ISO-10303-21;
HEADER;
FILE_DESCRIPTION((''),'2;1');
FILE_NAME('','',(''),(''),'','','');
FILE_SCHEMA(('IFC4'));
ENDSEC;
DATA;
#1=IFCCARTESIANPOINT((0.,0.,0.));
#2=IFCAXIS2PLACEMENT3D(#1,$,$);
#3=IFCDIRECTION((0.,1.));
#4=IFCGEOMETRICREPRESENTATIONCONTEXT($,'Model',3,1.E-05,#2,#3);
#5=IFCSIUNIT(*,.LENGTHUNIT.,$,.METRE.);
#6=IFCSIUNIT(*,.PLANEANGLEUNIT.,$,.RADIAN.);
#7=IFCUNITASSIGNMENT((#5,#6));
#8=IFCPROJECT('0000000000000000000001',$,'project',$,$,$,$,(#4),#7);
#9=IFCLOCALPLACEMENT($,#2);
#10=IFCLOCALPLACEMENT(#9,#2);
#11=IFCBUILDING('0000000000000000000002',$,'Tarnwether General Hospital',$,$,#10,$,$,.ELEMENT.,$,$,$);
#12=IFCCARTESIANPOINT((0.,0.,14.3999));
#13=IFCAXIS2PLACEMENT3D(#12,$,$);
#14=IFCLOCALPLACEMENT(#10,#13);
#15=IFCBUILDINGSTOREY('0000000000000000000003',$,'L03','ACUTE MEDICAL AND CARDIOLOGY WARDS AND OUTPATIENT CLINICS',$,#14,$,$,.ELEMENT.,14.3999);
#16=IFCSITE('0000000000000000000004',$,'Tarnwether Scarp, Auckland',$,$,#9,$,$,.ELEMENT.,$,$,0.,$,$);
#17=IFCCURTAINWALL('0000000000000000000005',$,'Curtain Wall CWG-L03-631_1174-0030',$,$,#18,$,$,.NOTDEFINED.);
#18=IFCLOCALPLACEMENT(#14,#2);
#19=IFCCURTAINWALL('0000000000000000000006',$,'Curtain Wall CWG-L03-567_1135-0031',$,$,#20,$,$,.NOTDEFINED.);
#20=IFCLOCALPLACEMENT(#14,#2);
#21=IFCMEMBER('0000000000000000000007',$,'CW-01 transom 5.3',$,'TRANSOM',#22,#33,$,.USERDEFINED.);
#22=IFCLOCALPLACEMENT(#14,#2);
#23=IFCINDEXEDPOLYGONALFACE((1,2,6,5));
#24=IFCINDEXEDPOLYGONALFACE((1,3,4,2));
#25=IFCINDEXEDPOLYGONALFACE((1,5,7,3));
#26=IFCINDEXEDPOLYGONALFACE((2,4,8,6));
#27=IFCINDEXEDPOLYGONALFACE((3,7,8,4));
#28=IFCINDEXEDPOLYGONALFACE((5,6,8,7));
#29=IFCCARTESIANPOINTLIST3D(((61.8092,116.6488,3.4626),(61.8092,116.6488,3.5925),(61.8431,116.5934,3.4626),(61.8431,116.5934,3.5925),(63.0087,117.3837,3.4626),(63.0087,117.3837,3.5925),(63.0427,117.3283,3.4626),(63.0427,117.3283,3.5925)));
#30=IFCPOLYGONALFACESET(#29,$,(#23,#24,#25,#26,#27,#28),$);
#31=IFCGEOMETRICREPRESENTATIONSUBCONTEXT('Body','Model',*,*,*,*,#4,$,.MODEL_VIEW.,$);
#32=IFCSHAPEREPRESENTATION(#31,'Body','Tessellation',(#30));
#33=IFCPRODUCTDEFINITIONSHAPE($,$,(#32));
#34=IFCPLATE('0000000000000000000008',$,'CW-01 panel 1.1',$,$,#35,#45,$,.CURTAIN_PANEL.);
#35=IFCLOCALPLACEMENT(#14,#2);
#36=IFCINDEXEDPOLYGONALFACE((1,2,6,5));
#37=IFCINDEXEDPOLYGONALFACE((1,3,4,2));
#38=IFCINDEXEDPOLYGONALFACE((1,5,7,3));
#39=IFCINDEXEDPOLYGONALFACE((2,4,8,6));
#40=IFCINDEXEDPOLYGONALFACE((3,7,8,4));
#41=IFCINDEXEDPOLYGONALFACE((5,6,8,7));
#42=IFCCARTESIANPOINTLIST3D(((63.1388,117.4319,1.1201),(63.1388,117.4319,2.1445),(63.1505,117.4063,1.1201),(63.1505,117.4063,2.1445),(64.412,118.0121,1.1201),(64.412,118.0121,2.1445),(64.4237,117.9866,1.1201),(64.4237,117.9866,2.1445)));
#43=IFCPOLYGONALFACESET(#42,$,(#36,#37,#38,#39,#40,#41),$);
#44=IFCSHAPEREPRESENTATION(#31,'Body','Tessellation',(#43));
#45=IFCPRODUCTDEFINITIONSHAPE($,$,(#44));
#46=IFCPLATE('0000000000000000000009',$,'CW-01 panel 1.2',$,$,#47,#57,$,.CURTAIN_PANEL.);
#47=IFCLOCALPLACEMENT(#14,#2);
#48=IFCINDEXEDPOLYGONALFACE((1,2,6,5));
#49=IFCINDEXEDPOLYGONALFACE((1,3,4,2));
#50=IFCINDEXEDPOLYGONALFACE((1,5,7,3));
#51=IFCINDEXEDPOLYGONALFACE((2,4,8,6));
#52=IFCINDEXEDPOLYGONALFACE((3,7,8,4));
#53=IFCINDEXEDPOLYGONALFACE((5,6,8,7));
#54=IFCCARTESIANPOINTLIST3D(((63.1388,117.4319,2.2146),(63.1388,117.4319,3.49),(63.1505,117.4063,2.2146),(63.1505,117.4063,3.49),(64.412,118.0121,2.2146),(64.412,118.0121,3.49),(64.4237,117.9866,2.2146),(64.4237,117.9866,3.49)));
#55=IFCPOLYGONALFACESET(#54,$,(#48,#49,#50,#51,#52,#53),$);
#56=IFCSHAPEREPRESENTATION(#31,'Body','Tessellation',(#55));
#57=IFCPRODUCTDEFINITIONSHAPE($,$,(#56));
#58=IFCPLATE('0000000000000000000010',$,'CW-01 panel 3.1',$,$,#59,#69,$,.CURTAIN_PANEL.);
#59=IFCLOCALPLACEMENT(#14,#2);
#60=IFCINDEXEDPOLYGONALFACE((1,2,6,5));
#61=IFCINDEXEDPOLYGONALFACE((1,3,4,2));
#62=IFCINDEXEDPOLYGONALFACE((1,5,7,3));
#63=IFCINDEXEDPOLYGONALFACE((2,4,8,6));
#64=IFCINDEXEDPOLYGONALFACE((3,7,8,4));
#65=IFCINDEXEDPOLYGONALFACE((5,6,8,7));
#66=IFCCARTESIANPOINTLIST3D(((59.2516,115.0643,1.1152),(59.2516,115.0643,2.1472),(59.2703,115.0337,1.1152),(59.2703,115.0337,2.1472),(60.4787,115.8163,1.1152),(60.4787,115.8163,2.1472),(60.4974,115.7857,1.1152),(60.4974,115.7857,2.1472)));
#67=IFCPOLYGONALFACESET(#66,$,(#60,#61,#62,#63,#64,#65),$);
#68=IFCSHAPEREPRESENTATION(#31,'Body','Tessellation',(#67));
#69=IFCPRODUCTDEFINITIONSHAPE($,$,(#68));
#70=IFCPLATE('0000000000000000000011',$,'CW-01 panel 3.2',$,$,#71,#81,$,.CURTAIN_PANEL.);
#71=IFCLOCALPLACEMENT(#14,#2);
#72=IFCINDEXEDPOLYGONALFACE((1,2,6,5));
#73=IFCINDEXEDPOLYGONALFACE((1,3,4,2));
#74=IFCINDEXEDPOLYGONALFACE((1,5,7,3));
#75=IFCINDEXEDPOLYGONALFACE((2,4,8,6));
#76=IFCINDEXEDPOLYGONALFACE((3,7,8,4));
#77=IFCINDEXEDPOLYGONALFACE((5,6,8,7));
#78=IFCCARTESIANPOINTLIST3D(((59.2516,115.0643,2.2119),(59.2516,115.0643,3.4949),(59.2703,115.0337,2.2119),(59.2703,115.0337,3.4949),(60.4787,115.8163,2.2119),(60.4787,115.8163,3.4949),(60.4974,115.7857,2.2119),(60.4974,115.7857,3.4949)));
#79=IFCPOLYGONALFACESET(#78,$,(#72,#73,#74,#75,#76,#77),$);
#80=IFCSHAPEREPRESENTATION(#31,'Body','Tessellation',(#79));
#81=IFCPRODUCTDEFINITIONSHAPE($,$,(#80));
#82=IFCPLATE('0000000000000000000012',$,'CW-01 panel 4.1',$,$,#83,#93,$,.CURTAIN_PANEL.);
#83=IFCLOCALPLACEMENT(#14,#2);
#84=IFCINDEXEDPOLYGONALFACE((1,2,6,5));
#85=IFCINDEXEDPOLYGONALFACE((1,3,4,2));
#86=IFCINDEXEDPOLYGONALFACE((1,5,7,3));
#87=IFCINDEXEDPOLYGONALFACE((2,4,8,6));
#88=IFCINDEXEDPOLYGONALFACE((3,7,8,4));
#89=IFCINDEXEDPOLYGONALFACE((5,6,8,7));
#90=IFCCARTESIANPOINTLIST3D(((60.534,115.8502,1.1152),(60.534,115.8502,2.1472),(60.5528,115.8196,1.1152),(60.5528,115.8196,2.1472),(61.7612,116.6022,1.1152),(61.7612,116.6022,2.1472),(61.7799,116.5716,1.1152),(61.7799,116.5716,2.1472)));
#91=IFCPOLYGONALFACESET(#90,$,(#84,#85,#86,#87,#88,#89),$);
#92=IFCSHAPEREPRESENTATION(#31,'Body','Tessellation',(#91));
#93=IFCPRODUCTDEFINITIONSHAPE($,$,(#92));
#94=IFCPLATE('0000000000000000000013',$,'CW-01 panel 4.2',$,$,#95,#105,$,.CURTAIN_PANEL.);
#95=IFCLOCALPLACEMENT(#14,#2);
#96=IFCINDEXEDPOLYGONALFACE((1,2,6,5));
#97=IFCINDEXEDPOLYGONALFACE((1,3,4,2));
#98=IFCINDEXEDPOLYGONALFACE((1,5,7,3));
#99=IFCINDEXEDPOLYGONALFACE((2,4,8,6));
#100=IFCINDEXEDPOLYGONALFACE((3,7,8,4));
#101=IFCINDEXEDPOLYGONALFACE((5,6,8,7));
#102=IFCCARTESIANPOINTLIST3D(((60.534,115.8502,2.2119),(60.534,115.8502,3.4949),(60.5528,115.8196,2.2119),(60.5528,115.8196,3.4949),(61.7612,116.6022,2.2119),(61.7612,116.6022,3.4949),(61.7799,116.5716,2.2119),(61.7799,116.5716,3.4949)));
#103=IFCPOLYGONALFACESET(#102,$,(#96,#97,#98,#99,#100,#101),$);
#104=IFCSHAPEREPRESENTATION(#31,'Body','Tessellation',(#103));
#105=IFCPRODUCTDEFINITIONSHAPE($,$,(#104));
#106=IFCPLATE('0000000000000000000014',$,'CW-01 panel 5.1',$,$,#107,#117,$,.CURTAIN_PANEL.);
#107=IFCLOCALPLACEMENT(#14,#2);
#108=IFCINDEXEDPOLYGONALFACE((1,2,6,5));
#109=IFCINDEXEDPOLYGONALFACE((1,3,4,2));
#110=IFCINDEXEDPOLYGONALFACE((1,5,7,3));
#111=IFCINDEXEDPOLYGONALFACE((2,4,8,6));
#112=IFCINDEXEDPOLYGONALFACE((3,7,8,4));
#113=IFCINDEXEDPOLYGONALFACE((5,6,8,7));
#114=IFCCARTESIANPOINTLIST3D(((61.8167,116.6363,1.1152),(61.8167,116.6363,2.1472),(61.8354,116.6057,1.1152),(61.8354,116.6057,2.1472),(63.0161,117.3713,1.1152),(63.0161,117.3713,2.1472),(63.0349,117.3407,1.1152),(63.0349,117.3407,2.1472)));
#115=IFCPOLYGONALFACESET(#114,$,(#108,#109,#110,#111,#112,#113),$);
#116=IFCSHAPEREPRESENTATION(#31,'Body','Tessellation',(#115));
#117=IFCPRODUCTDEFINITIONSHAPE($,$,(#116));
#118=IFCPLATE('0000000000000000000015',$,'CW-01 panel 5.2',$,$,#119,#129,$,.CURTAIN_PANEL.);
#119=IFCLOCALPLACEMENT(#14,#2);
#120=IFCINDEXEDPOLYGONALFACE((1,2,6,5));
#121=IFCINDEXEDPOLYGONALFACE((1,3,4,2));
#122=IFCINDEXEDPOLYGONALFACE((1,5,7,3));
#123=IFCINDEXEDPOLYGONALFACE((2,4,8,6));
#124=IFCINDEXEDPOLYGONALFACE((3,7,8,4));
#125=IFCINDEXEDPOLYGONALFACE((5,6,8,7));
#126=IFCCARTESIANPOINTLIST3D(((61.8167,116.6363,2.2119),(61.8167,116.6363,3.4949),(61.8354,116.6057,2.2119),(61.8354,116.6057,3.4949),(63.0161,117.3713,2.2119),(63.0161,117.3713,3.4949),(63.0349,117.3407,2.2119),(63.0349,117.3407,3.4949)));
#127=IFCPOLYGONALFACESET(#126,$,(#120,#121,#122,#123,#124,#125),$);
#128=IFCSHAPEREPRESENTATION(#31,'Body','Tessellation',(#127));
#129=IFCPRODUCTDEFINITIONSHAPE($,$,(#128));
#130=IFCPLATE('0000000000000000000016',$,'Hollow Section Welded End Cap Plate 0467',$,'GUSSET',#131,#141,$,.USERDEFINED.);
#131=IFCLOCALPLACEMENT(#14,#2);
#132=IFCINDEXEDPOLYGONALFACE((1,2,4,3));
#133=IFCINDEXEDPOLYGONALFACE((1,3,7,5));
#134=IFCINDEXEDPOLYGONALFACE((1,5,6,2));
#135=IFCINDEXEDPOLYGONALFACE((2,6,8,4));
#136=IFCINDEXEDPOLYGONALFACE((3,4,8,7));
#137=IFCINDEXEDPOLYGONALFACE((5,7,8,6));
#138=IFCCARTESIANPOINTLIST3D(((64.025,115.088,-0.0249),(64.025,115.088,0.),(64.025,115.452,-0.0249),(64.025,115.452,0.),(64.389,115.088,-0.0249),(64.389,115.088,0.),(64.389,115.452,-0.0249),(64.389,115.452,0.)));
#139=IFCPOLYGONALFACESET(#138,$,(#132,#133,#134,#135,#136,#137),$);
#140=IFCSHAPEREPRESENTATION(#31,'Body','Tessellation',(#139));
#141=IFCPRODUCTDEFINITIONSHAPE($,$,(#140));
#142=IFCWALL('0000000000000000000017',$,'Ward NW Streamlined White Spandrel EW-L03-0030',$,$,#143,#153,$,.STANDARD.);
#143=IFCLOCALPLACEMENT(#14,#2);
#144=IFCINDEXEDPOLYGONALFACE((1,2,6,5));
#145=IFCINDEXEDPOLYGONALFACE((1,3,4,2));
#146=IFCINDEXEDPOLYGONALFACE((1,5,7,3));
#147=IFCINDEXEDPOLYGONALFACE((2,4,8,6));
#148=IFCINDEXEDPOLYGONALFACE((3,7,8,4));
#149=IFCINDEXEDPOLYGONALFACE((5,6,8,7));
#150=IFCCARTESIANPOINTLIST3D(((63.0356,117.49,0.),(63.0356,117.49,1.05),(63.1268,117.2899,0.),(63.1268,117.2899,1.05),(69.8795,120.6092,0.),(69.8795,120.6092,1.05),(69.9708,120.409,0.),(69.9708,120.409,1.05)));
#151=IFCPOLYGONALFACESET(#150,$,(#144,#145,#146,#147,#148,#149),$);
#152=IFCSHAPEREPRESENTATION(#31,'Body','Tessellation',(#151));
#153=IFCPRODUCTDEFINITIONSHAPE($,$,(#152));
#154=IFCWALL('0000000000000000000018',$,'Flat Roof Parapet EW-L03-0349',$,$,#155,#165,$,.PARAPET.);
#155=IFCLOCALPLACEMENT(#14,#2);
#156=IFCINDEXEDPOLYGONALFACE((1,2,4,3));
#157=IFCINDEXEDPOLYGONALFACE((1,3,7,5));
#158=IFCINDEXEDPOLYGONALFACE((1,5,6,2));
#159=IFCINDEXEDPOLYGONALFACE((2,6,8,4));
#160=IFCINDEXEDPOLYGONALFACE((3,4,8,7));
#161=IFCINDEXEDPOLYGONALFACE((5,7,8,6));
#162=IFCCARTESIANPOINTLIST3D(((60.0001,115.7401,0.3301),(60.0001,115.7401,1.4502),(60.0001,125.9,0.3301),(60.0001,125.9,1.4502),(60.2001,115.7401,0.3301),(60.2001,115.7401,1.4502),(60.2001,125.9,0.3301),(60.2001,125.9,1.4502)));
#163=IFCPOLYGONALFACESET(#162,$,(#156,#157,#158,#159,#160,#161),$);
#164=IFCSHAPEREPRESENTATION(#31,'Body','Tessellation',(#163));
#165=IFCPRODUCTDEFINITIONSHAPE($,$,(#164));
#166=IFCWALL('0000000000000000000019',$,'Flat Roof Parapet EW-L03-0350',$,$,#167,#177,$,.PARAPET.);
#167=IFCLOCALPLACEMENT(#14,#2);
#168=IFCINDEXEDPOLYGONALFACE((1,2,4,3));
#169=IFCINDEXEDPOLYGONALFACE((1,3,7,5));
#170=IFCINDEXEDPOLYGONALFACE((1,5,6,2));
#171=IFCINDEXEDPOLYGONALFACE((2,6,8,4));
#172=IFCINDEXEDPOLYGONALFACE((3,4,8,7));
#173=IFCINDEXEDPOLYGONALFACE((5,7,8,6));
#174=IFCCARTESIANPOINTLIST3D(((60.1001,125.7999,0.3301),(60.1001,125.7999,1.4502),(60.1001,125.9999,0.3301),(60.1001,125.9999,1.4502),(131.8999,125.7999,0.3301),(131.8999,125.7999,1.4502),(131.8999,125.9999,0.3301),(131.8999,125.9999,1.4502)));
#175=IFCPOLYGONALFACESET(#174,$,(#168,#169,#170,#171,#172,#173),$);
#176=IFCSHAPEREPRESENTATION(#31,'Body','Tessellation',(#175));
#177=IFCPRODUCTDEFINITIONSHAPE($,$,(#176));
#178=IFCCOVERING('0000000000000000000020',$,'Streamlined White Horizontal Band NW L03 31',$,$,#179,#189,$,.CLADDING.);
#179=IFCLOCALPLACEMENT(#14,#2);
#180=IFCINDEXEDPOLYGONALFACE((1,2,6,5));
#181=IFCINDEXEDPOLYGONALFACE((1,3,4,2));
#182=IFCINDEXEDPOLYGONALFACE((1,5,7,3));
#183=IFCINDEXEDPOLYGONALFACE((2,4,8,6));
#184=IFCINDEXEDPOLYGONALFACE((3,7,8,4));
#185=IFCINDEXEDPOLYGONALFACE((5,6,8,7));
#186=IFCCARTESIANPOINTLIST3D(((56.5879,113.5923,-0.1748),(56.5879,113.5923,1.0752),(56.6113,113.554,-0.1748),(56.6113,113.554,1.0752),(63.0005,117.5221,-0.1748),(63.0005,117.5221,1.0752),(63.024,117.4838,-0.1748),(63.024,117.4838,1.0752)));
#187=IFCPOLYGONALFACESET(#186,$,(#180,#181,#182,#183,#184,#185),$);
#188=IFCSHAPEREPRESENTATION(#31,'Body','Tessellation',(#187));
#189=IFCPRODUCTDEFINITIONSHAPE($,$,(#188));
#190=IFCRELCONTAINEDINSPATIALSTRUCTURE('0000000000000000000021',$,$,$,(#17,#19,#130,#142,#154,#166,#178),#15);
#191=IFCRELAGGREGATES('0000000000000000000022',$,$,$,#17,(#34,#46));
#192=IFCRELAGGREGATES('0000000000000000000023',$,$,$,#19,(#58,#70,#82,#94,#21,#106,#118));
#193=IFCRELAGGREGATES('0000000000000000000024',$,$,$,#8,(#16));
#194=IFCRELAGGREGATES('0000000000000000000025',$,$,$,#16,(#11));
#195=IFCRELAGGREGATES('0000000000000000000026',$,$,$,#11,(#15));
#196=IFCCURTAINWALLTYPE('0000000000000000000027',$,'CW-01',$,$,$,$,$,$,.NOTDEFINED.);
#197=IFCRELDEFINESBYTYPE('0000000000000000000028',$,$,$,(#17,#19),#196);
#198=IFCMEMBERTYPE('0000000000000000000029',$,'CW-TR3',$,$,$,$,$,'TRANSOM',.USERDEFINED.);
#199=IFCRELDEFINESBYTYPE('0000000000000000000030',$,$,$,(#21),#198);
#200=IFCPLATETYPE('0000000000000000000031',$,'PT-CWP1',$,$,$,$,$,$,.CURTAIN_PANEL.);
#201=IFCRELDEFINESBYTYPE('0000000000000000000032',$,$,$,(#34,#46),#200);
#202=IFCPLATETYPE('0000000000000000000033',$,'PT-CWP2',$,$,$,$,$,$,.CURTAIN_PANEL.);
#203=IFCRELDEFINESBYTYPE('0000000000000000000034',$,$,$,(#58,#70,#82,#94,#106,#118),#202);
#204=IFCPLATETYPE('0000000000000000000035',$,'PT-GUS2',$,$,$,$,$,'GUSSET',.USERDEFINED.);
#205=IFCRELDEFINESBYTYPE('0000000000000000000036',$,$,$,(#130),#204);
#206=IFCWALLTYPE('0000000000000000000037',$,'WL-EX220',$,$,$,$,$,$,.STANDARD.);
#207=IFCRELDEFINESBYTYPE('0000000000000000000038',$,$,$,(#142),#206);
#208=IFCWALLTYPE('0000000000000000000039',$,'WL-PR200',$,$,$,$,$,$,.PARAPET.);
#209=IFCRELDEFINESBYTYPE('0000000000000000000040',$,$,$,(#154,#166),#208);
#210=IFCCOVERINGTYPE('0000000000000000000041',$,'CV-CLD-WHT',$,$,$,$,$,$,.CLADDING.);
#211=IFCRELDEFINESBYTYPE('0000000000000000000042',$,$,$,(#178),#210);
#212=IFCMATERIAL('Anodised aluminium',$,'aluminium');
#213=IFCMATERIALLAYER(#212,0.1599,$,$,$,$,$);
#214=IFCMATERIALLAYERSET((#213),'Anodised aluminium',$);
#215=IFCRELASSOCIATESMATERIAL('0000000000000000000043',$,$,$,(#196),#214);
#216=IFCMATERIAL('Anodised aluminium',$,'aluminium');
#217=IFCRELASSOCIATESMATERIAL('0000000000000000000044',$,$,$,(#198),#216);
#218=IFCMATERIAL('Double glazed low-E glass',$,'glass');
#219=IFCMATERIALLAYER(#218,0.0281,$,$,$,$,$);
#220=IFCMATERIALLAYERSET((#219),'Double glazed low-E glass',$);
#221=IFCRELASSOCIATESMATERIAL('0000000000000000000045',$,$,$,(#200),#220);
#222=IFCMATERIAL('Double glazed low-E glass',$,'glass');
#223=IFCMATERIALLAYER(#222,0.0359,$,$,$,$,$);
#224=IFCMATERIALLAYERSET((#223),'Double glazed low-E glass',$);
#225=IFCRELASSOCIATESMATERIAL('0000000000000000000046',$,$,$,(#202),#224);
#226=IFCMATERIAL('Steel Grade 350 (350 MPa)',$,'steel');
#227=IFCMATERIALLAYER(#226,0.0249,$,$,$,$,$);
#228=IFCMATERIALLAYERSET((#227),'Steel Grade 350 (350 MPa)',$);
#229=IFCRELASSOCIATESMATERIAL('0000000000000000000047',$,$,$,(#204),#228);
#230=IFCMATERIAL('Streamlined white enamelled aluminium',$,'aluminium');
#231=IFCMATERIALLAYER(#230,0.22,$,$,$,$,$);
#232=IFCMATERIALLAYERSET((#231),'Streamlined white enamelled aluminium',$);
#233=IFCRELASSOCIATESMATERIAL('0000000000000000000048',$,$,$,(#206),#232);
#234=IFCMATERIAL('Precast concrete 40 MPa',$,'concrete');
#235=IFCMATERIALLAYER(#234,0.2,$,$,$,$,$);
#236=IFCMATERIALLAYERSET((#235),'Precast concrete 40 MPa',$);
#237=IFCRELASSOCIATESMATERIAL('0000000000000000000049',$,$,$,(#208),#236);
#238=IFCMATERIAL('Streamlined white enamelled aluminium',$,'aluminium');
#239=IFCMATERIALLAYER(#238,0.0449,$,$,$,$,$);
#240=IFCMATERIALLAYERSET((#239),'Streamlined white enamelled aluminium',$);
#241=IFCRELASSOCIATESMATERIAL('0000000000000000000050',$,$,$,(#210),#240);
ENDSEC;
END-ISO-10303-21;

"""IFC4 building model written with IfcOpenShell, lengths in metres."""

from ifc_helpers import new_model, si_unit, direction, frame, frame_2d, origin, origin_2d, place, context, subcontext, project, spatial, rectangle, extrude, material, layer, layer_set, material_profile, profile_set, type_object, element, aggregate, save


model = new_model("IFC4")

# Units and contexts
model_context = context("Model", 3, precision=1e-05, world=origin(), true_north=direction((0.0, 1.0)))
body_context = subcontext(model_context, "Body", "Model", "MODEL_VIEW")
ifc_project = project(units=[si_unit("LENGTHUNIT", "METRE"), si_unit("PLANEANGLEUNIT", "RADIAN")], contexts=[model_context])

# Site, building, storey
site_placement = place(None, origin())
site = spatial("IfcSite", under=ifc_project, at=site_placement, Name="Tarnwether Scarp, Auckland", CompositionType="ELEMENT", RefElevation=0.0)
building_placement = place(site_placement, origin())
building = spatial("IfcBuilding", under=site, at=building_placement, Name="Tarnwether General Hospital", CompositionType="ELEMENT")
storey_placement = place(building_placement, frame((0.0, 0.0, 14.3999)))
storey = spatial("IfcBuildingStorey", under=building, at=storey_placement, Name="L03", Description="ACUTE MEDICAL AND CARDIOLOGY WARDS AND OUTPATIENT CLINICS", CompositionType="ELEMENT", Elevation=14.3999)

# Curtain wall
ifc_material_1 = material(Name="Anodised aluminium", Category="aluminium")
ifc_layer_1 = layer(ifc_material_1, 0.1599)
ifc_layer_set_1 = layer_set([ifc_layer_1], Name="Anodised aluminium")
curtain_wall_type = type_object("IfcCurtainWallType", Name="CW-01", PredefinedType="NOTDEFINED", material=ifc_layer_set_1)
curtain_wall_1_placement = place(storey_placement, origin())
curtain_wall_1 = element("IfcCurtainWall", 1, at=curtain_wall_1_placement, inside=storey, type_object=curtain_wall_type, Name="Curtain Wall CWG-L03-631_1174-0030", PredefinedType="NOTDEFINED")

# Curtain wall
curtain_wall_2_placement = place(storey_placement, origin())
curtain_wall_2 = element("IfcCurtainWall", 2, at=curtain_wall_2_placement, inside=storey, type_object=curtain_wall_type, Name="Curtain Wall CWG-L03-567_1135-0031", PredefinedType="NOTDEFINED")

# Member
ifc_material_2 = material(Name="Anodised aluminium", Category="aluminium")
ifc_material_profile_1 = material_profile(ifc_material_2, rectangle(XDim=0.0649, YDim=0.1299, at=origin_2d()), Name="ALU-TRN-65x130")
ifc_profile_set_1 = profile_set([ifc_material_profile_1], Name="Anodised aluminium")
member_type_1 = type_object("IfcMemberType", Name="CW-TR3", ElementType="TRANSOM", PredefinedType="USERDEFINED", material=ifc_profile_set_1)
member_1_placement = place(storey_placement, frame((61.8262, 116.6211, 3.5276), z_axis=(0.852694, 0.522411, 0.0), x_axis=(-0.522411, 0.852694, 0.0)))
member_1 = element("IfcMember", 3, at=member_1_placement, type_object=member_type_1, Name="CW-01 transom 5.3", ObjectType="TRANSOM", PredefinedType="USERDEFINED", context=body_context, shape_type="SweptSolid", body=[
    extrude(rectangle(XDim=0.0649, YDim=0.1299, at=origin_2d()), origin(), (0.0, 0.0, 1.0), 1.4067),
])

# Plates
ifc_material_3 = material(Name="Double glazed low-E glass", Category="glass")
ifc_layer_2 = layer(ifc_material_3, 0.0281)
ifc_layer_set_2 = layer_set([ifc_layer_2], Name="Double glazed low-E glass")
plate_type_1 = type_object("IfcPlateType", Name="PT-CWP1", PredefinedType="CURTAIN_PANEL", material=ifc_layer_set_2)
plate_1_placement = place(storey_placement, frame((63.7812, 117.7092, 1.1201), z_axis=(0.0, 0.0, 1.0), x_axis=(0.909961, 0.414694, 0.0)))
plate_1 = element("IfcPlate", 4, at=plate_1_placement, type_object=plate_type_1, Name="CW-01 panel 1.1", PredefinedType="CURTAIN_PANEL", context=body_context, shape_type="SweptSolid", body=[
    extrude(rectangle(XDim=1.3992, YDim=0.0281, at=origin_2d()), origin(), (0.0, 0.0, 1.0), 1.0244),
])
plate_2_placement = place(storey_placement, frame((63.7812, 117.7092, 2.2146), z_axis=(0.0, 0.0, 1.0), x_axis=(0.909961, 0.414694, 0.0)))
plate_2 = element("IfcPlate", 5, at=plate_2_placement, type_object=plate_type_1, Name="CW-01 panel 1.2", PredefinedType="CURTAIN_PANEL", context=body_context, shape_type="SweptSolid", body=[
    extrude(rectangle(XDim=1.3992, YDim=0.0281, at=origin_2d()), origin(), (0.0, 0.0, 1.0), 1.2754),
])
aggregate(curtain_wall_1, [plate_1, plate_2])
ifc_material_4 = material(Name="Double glazed low-E glass", Category="glass")
ifc_layer_3 = layer(ifc_material_4, 0.0359)
ifc_layer_set_3 = layer_set([ifc_layer_3], Name="Double glazed low-E glass")
plate_type_2 = type_object("IfcPlateType", Name="PT-CWP2", PredefinedType="CURTAIN_PANEL", material=ifc_layer_set_3)
plate_3_placement = place(storey_placement, frame((59.8745, 115.425, 1.1152), z_axis=(0.0, 0.0, 1.0), x_axis=(0.852634, 0.522509, 0.0)))
plate_3 = element("IfcPlate", 6, at=plate_3_placement, type_object=plate_type_2, Name="CW-01 panel 3.1", PredefinedType="CURTAIN_PANEL", context=body_context, shape_type="SweptSolid", body=[
    extrude(rectangle(XDim=1.4392, YDim=0.0359, at=origin_2d()), origin(), (0.0, 0.0, 1.0), 1.032),
])
plate_4_placement = place(storey_placement, frame((59.8745, 115.425, 2.2119), z_axis=(0.0, 0.0, 1.0), x_axis=(0.852634, 0.522509, 0.0)))
plate_4 = element("IfcPlate", 7, at=plate_4_placement, type_object=plate_type_2, Name="CW-01 panel 3.2", PredefinedType="CURTAIN_PANEL", context=body_context, shape_type="SweptSolid", body=[
    extrude(rectangle(XDim=1.4392, YDim=0.0359, at=origin_2d()), origin(), (0.0, 0.0, 1.0), 1.283),
])
plate_5_placement = place(storey_placement, frame((61.157, 116.2109, 1.1152), z_axis=(0.0, 0.0, 1.0), x_axis=(0.852634, 0.522509, 0.0)))
plate_5 = element("IfcPlate", 8, at=plate_5_placement, type_object=plate_type_2, Name="CW-01 panel 4.1", PredefinedType="CURTAIN_PANEL", context=body_context, shape_type="SweptSolid", body=[
    extrude(rectangle(XDim=1.4392, YDim=0.0359, at=origin_2d()), origin(), (0.0, 0.0, 1.0), 1.032),
])
plate_6_placement = place(storey_placement, frame((61.157, 116.2109, 2.2119), z_axis=(0.0, 0.0, 1.0), x_axis=(0.852634, 0.522509, 0.0)))
plate_6 = element("IfcPlate", 9, at=plate_6_placement, type_object=plate_type_2, Name="CW-01 panel 4.2", PredefinedType="CURTAIN_PANEL", context=body_context, shape_type="SweptSolid", body=[
    extrude(rectangle(XDim=1.4392, YDim=0.0359, at=origin_2d()), origin(), (0.0, 0.0, 1.0), 1.283),
])
plate_7_placement = place(storey_placement, frame((62.4258, 116.9885, 1.1152), z_axis=(0.0, 0.0, 1.0), x_axis=(0.852634, 0.522509, 0.0)))
plate_7 = element("IfcPlate", 10, at=plate_7_placement, type_object=plate_type_2, Name="CW-01 panel 5.1", PredefinedType="CURTAIN_PANEL", context=body_context, shape_type="SweptSolid", body=[
    extrude(rectangle(XDim=1.4067, YDim=0.0359, at=origin_2d()), origin(), (0.0, 0.0, 1.0), 1.032),
])
plate_8_placement = place(storey_placement, frame((62.4258, 116.9885, 2.2119), z_axis=(0.0, 0.0, 1.0), x_axis=(0.852634, 0.522509, 0.0)))
plate_8 = element("IfcPlate", 11, at=plate_8_placement, type_object=plate_type_2, Name="CW-01 panel 5.2", PredefinedType="CURTAIN_PANEL", context=body_context, shape_type="SweptSolid", body=[
    extrude(rectangle(XDim=1.4067, YDim=0.0359, at=origin_2d()), origin(), (0.0, 0.0, 1.0), 1.283),
])
aggregate(curtain_wall_2, [plate_3, plate_4, plate_5, plate_6, member_1, plate_7, plate_8])
ifc_material_5 = material(Name="Steel Grade 350 (350 MPa)", Category="steel")
ifc_layer_4 = layer(ifc_material_5, 0.0249)
ifc_layer_set_4 = layer_set([ifc_layer_4], Name="Steel Grade 350 (350 MPa)")
plate_type_3 = type_object("IfcPlateType", Name="PT-GUS2", ElementType="GUSSET", PredefinedType="USERDEFINED", material=ifc_layer_set_4)
plate_9_placement = place(storey_placement, frame((64.207, 115.27, -0.0249), z_axis=(0.0, 0.0, 1.0), x_axis=(1.0, 0.0, 0.0)))
element("IfcPlate", 12, at=plate_9_placement, inside=storey, type_object=plate_type_3, Name="Hollow Section Welded End Cap Plate 0467", ObjectType="GUSSET", PredefinedType="USERDEFINED", context=body_context, shape_type="SweptSolid", body=[
    extrude(rectangle(XDim=0.364, YDim=0.364, at=origin_2d()), origin(), (0.0, 0.0, 1.0), 0.0249),
])

# Walls
ifc_material_6 = material(Name="Streamlined white enamelled aluminium", Category="aluminium")
ifc_layer_5 = layer(ifc_material_6, 0.22)
ifc_layer_set_5 = layer_set([ifc_layer_5], Name="Streamlined white enamelled aluminium")
wall_type_1 = type_object("IfcWallType", Name="WL-EX220", PredefinedType="STANDARD", material=ifc_layer_set_5)
wall_1_placement = place(storey_placement, frame((63.0811, 117.3899, 0.0), z_axis=(0.0, 0.0, 1.0), x_axis=(0.909954, 0.41471, 0.0)))
element("IfcWall", 13, at=wall_1_placement, inside=storey, type_object=wall_type_1, Name="Ward NW Streamlined White Spandrel EW-L03-0030", PredefinedType="STANDARD", context=body_context, shape_type="SweptSolid", body=[
    extrude(rectangle(XDim=7.5212, YDim=0.22, at=frame_2d((3.7607, 0.0))), origin(), (0.0, 0.0, 1.0), 1.05),
])
ifc_material_7 = material(Name="Precast concrete 40 MPa", Category="concrete")
ifc_layer_6 = layer(ifc_material_7, 0.2)
ifc_layer_set_6 = layer_set([ifc_layer_6], Name="Precast concrete 40 MPa")
wall_type_2 = type_object("IfcWallType", Name="WL-PR200", PredefinedType="PARAPET", material=ifc_layer_set_6)
wall_2_placement = place(storey_placement, frame((60.1001, 115.74, 0.3301), z_axis=(0.0, 0.0, 1.0), x_axis=(0.0, 1.0, 0.0)))
element("IfcWall", 14, at=wall_2_placement, inside=storey, type_object=wall_type_2, Name="Flat Roof Parapet EW-L03-0349", PredefinedType="PARAPET", context=body_context, shape_type="SweptSolid", body=[
    extrude(rectangle(XDim=10.1599, YDim=0.2, at=frame_2d((5.0801, 0.0))), origin(), (0.0, 0.0, 1.0), 1.1201),
])
wall_3_placement = place(storey_placement, frame((60.1001, 125.8999, 0.3301), z_axis=(0.0, 0.0, 1.0), x_axis=(1.0, 0.0, 0.0)))
element("IfcWall", 15, at=wall_3_placement, inside=storey, type_object=wall_type_2, Name="Flat Roof Parapet EW-L03-0350", PredefinedType="PARAPET", context=body_context, shape_type="SweptSolid", body=[
    extrude(rectangle(XDim=71.7998, YDim=0.2, at=frame_2d((35.8999, 0.0))), origin(), (0.0, 0.0, 1.0), 1.1201),
])

# Covering
ifc_material_8 = material(Name="Streamlined white enamelled aluminium", Category="aluminium")
ifc_layer_7 = layer(ifc_material_8, 0.0449)
ifc_layer_set_7 = layer_set([ifc_layer_7], Name="Streamlined white enamelled aluminium")
covering_type = type_object("IfcCoveringType", Name="CV-CLD-WHT", PredefinedType="CLADDING", material=ifc_layer_set_7)
covering_placement = place(storey_placement, frame((59.8059, 115.5381, -0.1748), z_axis=(0.0, 0.0, 1.0), x_axis=(0.852631, 0.522513, 0.0)))
element("IfcCovering", 16, at=covering_placement, inside=storey, type_object=covering_type, Name="Streamlined White Horizontal Band NW L03 31", PredefinedType="CLADDING", context=body_context, shape_type="SweptSolid", body=[
    extrude(rectangle(XDim=7.521, YDim=0.0449, at=origin_2d()), origin(), (0.0, 0.0, 1.0), 1.25),
])

save(model, "model.ifc")
